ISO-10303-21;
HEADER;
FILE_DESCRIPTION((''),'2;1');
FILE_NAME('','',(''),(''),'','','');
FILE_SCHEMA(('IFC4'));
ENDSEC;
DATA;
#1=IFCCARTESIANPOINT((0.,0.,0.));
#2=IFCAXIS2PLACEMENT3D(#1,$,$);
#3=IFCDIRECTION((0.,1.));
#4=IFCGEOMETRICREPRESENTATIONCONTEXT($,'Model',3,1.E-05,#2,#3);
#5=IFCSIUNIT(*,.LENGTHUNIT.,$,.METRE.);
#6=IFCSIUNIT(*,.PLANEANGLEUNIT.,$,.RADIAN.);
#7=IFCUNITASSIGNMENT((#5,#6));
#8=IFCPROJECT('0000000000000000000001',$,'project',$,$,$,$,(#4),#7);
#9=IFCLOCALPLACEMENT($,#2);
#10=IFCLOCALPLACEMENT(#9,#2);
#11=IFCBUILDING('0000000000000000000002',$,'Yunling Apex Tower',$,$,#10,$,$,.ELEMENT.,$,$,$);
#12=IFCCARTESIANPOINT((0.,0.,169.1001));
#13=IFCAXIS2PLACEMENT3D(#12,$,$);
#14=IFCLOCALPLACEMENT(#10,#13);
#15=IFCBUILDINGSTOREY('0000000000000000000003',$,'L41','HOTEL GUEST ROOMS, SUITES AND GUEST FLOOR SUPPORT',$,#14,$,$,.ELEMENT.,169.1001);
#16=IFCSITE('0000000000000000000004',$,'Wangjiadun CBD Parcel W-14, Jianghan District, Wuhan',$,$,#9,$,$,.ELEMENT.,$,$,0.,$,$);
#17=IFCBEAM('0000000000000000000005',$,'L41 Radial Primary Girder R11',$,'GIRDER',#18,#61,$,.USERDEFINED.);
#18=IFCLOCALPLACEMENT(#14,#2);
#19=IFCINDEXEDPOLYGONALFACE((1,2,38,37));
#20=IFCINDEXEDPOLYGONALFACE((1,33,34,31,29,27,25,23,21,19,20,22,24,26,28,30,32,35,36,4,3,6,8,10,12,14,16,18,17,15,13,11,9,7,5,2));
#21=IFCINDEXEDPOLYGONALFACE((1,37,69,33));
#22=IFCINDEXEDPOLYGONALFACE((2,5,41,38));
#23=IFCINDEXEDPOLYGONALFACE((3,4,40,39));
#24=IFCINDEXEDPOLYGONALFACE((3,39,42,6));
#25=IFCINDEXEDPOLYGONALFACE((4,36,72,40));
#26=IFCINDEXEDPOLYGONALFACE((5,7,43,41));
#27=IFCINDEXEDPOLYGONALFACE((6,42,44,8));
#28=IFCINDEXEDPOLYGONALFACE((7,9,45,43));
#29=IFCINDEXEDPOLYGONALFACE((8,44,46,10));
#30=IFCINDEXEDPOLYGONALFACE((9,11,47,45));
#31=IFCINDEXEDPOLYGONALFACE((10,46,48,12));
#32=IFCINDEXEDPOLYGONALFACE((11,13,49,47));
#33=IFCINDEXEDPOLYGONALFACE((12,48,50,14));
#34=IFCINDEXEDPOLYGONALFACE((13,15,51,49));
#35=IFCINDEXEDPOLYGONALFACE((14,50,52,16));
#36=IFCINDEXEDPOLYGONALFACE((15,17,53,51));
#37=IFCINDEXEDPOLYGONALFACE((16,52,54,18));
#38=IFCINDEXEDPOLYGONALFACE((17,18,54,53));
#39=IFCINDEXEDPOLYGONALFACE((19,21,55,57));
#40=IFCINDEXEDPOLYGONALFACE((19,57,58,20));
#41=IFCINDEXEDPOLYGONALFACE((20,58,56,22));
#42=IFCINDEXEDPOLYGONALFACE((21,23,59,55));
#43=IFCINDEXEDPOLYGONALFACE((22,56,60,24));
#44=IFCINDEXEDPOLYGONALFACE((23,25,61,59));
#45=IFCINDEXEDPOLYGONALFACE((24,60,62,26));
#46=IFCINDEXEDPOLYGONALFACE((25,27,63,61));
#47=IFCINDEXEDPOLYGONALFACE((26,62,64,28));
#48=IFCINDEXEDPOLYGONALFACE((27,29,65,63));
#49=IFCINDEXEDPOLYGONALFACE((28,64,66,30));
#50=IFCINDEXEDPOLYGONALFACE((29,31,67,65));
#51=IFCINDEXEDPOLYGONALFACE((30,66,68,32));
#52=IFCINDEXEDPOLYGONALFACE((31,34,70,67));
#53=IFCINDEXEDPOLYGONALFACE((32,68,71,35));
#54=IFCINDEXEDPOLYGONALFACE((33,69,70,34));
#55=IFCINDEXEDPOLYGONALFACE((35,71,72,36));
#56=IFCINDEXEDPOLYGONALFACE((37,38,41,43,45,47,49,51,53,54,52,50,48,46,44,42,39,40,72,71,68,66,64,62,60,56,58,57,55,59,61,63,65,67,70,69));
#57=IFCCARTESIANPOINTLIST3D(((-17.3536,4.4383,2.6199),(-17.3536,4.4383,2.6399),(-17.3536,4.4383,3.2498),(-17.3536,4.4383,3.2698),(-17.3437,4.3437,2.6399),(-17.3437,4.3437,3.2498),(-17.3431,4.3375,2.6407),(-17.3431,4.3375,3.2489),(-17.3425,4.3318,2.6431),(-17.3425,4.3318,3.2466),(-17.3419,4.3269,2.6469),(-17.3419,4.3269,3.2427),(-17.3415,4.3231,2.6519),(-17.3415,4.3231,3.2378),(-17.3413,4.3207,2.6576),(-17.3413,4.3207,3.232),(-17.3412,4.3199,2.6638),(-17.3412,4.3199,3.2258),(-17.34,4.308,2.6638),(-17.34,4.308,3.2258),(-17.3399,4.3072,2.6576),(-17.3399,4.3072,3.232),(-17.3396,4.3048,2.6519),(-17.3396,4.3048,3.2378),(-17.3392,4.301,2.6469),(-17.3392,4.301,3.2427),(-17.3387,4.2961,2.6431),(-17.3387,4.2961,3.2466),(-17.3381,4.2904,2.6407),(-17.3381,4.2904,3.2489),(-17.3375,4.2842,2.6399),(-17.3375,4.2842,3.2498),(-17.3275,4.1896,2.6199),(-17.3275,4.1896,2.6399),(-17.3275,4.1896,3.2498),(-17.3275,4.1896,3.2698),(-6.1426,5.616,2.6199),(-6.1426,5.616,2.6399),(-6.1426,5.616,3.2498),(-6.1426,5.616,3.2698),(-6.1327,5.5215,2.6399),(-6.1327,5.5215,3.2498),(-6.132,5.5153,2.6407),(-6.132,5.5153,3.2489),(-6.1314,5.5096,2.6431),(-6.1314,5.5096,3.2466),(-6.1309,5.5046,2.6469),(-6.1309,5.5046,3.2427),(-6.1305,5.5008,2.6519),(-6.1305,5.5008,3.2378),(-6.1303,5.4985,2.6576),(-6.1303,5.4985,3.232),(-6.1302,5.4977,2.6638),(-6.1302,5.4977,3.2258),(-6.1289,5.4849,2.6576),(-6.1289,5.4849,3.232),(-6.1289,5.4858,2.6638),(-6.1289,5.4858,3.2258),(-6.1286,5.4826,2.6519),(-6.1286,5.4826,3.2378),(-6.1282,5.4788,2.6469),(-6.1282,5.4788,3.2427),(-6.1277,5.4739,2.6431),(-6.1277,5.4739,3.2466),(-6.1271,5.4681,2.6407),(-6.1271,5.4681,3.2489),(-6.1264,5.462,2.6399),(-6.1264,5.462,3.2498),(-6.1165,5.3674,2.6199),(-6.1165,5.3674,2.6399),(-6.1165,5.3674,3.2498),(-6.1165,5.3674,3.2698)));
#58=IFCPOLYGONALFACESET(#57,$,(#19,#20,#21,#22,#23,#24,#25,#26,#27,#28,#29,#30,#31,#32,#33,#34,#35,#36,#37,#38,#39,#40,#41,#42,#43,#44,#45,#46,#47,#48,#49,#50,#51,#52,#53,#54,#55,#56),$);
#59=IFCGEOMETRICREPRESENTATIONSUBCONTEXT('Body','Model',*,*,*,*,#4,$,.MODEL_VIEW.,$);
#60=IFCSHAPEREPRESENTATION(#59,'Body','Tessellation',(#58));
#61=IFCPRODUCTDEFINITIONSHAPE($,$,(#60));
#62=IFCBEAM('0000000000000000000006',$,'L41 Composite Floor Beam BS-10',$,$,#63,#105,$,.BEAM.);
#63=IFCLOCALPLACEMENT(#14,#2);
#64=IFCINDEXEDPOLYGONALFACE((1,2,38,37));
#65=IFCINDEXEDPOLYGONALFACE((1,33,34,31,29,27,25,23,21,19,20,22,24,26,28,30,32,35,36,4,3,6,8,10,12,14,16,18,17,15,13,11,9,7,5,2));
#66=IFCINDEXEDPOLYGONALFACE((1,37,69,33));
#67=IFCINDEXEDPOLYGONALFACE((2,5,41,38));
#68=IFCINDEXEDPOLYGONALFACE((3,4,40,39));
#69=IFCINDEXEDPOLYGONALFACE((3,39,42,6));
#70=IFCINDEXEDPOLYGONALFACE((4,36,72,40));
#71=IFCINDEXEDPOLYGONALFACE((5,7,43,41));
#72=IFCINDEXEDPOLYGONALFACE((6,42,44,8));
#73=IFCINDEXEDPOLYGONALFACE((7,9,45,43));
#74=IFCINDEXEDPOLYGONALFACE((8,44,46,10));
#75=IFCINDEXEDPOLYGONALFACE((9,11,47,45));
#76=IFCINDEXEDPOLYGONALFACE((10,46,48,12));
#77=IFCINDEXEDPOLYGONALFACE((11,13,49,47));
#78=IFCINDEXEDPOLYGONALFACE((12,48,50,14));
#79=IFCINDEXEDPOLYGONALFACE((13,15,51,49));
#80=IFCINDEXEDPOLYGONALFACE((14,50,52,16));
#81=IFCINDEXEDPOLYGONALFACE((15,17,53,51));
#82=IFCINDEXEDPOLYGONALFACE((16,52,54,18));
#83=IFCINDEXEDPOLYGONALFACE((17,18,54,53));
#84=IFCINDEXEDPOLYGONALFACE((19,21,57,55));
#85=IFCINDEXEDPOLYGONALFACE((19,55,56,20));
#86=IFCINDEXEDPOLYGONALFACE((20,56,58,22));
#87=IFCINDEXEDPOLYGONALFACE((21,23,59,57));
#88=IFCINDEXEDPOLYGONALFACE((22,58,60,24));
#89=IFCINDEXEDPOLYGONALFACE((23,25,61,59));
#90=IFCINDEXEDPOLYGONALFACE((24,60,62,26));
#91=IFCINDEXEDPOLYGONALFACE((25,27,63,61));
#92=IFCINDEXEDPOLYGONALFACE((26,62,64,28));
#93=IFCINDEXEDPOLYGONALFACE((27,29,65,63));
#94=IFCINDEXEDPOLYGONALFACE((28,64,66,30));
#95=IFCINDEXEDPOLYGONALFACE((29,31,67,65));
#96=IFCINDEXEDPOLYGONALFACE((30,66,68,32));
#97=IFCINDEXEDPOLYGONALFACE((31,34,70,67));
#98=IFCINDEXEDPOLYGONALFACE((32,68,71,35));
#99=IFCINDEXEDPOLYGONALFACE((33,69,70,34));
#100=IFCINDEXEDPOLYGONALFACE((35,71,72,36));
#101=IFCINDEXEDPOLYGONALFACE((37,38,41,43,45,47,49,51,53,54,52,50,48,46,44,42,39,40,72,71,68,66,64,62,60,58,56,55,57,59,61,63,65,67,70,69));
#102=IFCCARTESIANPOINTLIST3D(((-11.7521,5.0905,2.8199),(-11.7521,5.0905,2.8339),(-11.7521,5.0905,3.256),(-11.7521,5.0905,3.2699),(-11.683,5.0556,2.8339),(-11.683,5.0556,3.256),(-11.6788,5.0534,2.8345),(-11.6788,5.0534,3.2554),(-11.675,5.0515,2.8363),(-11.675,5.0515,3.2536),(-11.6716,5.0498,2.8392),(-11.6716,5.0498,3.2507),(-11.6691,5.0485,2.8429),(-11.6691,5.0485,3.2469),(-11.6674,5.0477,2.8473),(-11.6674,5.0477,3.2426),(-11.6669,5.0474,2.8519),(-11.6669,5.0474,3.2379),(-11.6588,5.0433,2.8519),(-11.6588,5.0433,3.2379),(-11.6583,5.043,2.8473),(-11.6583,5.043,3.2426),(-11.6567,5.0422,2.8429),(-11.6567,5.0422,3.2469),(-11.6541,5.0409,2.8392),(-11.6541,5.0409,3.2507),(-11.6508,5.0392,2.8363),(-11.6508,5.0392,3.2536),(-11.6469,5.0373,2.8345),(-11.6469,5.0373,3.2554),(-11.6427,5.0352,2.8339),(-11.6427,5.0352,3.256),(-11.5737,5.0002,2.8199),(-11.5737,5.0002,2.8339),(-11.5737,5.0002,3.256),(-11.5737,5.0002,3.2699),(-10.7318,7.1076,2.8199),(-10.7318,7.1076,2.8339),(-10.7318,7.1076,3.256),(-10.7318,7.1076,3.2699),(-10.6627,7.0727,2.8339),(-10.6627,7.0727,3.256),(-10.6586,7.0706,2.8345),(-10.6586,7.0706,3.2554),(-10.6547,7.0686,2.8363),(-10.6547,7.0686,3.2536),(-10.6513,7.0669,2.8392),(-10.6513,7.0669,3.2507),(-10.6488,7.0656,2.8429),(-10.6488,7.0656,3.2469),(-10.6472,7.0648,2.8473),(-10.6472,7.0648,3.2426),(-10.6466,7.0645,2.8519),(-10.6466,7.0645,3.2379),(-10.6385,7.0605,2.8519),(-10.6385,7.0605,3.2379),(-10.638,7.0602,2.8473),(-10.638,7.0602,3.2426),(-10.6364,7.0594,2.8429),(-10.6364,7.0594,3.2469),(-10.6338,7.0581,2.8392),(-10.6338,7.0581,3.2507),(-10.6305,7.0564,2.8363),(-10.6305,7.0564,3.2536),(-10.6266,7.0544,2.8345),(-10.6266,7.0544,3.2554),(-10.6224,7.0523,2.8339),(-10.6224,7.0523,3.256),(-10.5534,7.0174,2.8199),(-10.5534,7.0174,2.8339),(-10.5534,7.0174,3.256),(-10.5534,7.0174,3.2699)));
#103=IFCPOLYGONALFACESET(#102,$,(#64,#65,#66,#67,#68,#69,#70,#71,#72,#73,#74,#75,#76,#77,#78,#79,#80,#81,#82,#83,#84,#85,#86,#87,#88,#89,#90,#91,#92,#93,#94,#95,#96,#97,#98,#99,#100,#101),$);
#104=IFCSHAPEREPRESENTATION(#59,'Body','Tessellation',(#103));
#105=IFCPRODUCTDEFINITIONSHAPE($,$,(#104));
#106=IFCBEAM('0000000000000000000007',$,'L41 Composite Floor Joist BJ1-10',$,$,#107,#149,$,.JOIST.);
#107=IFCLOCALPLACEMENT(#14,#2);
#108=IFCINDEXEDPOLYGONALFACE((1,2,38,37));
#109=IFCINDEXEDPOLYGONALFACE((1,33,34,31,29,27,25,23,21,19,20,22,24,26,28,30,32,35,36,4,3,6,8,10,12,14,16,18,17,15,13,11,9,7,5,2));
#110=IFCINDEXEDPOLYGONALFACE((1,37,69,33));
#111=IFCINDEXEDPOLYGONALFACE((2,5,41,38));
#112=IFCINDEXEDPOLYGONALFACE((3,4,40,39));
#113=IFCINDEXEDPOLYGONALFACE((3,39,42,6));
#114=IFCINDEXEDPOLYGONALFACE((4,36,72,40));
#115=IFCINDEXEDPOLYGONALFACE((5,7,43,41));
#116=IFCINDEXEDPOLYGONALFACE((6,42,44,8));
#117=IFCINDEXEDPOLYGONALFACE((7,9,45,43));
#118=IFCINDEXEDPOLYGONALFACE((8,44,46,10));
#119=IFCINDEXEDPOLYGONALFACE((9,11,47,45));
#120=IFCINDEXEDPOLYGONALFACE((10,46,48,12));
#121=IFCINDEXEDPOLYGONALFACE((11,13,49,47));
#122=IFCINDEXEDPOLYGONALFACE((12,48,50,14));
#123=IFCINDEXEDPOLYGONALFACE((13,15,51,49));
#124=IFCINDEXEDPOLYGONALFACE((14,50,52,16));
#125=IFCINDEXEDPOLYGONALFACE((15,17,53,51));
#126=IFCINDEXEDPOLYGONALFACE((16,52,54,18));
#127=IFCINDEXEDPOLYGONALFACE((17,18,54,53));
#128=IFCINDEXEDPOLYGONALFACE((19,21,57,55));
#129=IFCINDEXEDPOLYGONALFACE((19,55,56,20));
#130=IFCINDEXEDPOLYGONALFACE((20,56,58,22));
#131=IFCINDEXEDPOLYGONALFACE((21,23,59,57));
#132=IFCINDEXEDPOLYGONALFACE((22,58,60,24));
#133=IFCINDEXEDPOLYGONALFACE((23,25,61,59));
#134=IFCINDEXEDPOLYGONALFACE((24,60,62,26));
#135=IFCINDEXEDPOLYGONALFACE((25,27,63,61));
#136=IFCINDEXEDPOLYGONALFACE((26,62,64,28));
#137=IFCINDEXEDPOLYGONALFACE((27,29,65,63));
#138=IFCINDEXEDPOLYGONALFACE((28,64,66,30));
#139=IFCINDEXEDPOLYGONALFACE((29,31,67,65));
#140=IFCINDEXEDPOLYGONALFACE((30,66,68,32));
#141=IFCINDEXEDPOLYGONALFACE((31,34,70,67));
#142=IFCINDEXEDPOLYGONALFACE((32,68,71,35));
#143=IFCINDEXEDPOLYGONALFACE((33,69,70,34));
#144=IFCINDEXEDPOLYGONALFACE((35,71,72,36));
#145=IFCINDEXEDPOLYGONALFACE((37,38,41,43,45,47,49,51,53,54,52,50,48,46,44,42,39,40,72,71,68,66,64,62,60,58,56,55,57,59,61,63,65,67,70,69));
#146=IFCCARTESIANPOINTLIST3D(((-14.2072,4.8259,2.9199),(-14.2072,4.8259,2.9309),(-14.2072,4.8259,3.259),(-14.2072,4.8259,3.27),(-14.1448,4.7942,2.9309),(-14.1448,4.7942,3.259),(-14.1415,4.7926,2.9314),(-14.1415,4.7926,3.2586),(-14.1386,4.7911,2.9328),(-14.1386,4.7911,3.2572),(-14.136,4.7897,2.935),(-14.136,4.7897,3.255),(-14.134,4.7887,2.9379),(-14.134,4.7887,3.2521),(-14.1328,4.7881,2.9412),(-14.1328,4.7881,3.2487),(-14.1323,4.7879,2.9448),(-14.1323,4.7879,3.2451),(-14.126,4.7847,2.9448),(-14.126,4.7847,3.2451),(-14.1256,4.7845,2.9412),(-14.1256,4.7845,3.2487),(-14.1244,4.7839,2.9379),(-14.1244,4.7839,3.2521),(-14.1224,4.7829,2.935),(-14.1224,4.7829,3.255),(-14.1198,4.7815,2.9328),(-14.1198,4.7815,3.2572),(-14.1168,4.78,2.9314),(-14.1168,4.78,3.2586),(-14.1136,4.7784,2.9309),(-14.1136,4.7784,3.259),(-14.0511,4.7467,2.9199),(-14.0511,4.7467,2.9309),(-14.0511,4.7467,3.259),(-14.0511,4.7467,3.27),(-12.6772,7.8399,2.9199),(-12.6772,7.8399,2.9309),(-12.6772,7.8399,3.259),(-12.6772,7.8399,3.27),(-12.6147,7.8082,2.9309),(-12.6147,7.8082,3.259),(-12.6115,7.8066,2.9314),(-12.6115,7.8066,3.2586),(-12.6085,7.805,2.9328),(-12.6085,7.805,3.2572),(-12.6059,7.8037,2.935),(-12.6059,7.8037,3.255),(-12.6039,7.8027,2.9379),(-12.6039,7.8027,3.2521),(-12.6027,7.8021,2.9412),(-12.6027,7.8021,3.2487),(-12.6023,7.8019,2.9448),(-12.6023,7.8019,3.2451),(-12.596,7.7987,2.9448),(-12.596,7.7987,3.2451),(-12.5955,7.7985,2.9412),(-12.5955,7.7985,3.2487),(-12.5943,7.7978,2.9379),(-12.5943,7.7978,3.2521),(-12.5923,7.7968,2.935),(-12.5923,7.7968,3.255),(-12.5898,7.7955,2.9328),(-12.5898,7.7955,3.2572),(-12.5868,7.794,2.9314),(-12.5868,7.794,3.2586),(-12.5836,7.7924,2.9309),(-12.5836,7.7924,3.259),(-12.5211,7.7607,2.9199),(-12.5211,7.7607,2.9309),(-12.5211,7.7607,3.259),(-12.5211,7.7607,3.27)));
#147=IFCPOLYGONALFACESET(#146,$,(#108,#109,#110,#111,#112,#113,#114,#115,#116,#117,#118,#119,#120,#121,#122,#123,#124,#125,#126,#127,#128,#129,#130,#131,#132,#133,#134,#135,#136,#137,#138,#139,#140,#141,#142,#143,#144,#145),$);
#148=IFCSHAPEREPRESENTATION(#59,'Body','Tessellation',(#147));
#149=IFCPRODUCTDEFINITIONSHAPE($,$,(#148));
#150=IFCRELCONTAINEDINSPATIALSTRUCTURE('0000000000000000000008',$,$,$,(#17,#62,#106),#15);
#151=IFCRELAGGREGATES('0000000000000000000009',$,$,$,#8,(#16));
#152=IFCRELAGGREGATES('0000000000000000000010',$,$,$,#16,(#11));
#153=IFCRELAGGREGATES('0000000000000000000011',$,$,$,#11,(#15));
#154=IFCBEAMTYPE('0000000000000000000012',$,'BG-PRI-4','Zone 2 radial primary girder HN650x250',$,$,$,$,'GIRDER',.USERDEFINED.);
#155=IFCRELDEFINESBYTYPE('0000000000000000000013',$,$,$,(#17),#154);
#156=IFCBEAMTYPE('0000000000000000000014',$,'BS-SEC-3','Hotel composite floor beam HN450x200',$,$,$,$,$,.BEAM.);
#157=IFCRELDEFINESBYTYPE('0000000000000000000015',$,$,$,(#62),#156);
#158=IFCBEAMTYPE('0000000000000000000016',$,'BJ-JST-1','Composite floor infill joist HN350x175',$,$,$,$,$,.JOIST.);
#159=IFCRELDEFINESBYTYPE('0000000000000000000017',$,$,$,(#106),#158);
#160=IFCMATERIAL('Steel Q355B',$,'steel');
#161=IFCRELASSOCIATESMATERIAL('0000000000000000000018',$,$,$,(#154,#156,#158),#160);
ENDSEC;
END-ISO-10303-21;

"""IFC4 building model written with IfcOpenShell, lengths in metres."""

from ifc_helpers import new_model, si_unit, direction, frame, origin, origin_2d, place, context, subcontext, project, spatial, i_section, extrude, source, transform, mapped, material, material_profile, profile_set, type_object, element, save


model = new_model("IFC4")

# Units and contexts
model_context = context("Model", 3, precision=1e-05, world=origin(), true_north=direction((0.0, 1.0)))
body_context = subcontext(model_context, "Body", "Model", "MODEL_VIEW")
ifc_project = project(units=[si_unit("LENGTHUNIT", "METRE"), si_unit("PLANEANGLEUNIT", "RADIAN")], contexts=[model_context])

# Site, building, storey
site_placement = place(None, origin())
site = spatial("IfcSite", under=ifc_project, at=site_placement, Name="Wangjiadun CBD Parcel W-14, Jianghan District, Wuhan", CompositionType="ELEMENT", RefElevation=0.0)
building_placement = place(site_placement, origin())
building = spatial("IfcBuilding", under=site, at=building_placement, Name="Yunling Apex Tower", CompositionType="ELEMENT")
storey_placement = place(building_placement, frame((0.0, 0.0, 169.1001)))
storey = spatial("IfcBuildingStorey", under=building, at=storey_placement, Name="L41", Description="HOTEL GUEST ROOMS, SUITES AND GUEST FLOOR SUPPORT", CompositionType="ELEMENT", Elevation=169.1001)

# Beams
ifc_material_1 = material(Name="Steel Q355B", Category="steel")
ifc_material_profile_1 = material_profile(ifc_material_1, i_section(OverallWidth=0.25, OverallDepth=0.6499, WebThickness=0.012, FlangeThickness=0.02, FilletRadius=0.0239, at=origin_2d()))
ifc_profile_set_1 = profile_set([ifc_material_profile_1], Name="Steel Q355B")
beam_type_1 = type_object("IfcBeamType", Name="BG-PRI-4", Description="Zone 2 radial primary girder HN650x250", ElementType="GIRDER", PredefinedType="USERDEFINED", material=ifc_profile_set_1)
shared_shape_1 = source(origin(), body_context, "Body", "SweptSolid", [
    extrude(i_section(OverallWidth=0.25, OverallDepth=0.6499, WebThickness=0.012, FlangeThickness=0.02, FilletRadius=0.0239, at=origin_2d()), origin(), (0.0, 0.0, 1.0), 11.2727),
])
beam_1_placement = place(storey_placement, frame((-17.3406, 4.314, 2.9448), z_axis=(0.994527, 0.104477, 0.0), x_axis=(-0.104477, 0.994527, 0.0)))
element("IfcBeam", 1, at=beam_1_placement, inside=storey, type_object=beam_type_1, Name="L41 Radial Primary Girder R11", ObjectType="GIRDER", PredefinedType="USERDEFINED", context=body_context, shape_type="MappedRepresentation", body=[
    mapped(shared_shape_1, transform((0.0, 0.0, 0.0), scale=1.0)),
])
ifc_material_profile_2 = material_profile(ifc_material_1, i_section(OverallWidth=0.2, OverallDepth=0.45, WebThickness=0.009, FlangeThickness=0.0139, FilletRadius=0.0181, at=origin_2d()))
ifc_profile_set_2 = profile_set([ifc_material_profile_2], Name="Steel Q355B")
beam_type_2 = type_object("IfcBeamType", Name="BS-SEC-3", Description="Hotel composite floor beam HN450x200", PredefinedType="BEAM", material=ifc_profile_set_2)
shared_shape_2 = source(origin(), body_context, "Body", "SweptSolid", [
    extrude(i_section(OverallWidth=0.2, OverallDepth=0.45, WebThickness=0.009, FlangeThickness=0.0139, FilletRadius=0.0181, at=origin_2d()), origin(), (0.0, 0.0, 1.0), 2.2605),
])
beam_2_placement = place(storey_placement, frame((-10.6426, 7.0625, 3.0449), z_axis=(-0.451356, -0.892344, 0.0), x_axis=(0.892344, -0.451356, 0.0)))
element("IfcBeam", 2, at=beam_2_placement, inside=storey, type_object=beam_type_2, Name="L41 Composite Floor Beam BS-10", PredefinedType="BEAM", context=body_context, shape_type="MappedRepresentation", body=[
    mapped(shared_shape_2, transform((0.0, 0.0, 0.0), scale=1.0)),
])
ifc_material_profile_3 = material_profile(ifc_material_1, i_section(OverallWidth=0.175, OverallDepth=0.3501, WebThickness=0.0071, FlangeThickness=0.011, FilletRadius=0.0139, at=origin_2d()))
ifc_profile_set_3 = profile_set([ifc_material_profile_3], Name="Steel Q355B")
beam_type_3 = type_object("IfcBeamType", Name="BJ-JST-1", Description="Composite floor infill joist HN350x175", PredefinedType="JOIST", material=ifc_profile_set_3)
shared_shape_3 = source(origin(), body_context, "Body", "SweptSolid", [
    extrude(i_section(OverallWidth=0.175, OverallDepth=0.3501, WebThickness=0.0071, FlangeThickness=0.011, FilletRadius=0.0139, at=origin_2d()), origin(), (0.0, 0.0, 1.0), 3.3801),
])
beam_3_placement = place(storey_placement, frame((-12.5991, 7.8003, 3.095), z_axis=(-0.452666, -0.89168, 0.0), x_axis=(0.89168, -0.452666, 0.0)))
element("IfcBeam", 3, at=beam_3_placement, inside=storey, type_object=beam_type_3, Name="L41 Composite Floor Joist BJ1-10", PredefinedType="JOIST", context=body_context, shape_type="MappedRepresentation", body=[
    mapped(shared_shape_3, transform((0.0, 0.0, 0.0), scale=1.0)),
])

save(model, "model.ifc")
